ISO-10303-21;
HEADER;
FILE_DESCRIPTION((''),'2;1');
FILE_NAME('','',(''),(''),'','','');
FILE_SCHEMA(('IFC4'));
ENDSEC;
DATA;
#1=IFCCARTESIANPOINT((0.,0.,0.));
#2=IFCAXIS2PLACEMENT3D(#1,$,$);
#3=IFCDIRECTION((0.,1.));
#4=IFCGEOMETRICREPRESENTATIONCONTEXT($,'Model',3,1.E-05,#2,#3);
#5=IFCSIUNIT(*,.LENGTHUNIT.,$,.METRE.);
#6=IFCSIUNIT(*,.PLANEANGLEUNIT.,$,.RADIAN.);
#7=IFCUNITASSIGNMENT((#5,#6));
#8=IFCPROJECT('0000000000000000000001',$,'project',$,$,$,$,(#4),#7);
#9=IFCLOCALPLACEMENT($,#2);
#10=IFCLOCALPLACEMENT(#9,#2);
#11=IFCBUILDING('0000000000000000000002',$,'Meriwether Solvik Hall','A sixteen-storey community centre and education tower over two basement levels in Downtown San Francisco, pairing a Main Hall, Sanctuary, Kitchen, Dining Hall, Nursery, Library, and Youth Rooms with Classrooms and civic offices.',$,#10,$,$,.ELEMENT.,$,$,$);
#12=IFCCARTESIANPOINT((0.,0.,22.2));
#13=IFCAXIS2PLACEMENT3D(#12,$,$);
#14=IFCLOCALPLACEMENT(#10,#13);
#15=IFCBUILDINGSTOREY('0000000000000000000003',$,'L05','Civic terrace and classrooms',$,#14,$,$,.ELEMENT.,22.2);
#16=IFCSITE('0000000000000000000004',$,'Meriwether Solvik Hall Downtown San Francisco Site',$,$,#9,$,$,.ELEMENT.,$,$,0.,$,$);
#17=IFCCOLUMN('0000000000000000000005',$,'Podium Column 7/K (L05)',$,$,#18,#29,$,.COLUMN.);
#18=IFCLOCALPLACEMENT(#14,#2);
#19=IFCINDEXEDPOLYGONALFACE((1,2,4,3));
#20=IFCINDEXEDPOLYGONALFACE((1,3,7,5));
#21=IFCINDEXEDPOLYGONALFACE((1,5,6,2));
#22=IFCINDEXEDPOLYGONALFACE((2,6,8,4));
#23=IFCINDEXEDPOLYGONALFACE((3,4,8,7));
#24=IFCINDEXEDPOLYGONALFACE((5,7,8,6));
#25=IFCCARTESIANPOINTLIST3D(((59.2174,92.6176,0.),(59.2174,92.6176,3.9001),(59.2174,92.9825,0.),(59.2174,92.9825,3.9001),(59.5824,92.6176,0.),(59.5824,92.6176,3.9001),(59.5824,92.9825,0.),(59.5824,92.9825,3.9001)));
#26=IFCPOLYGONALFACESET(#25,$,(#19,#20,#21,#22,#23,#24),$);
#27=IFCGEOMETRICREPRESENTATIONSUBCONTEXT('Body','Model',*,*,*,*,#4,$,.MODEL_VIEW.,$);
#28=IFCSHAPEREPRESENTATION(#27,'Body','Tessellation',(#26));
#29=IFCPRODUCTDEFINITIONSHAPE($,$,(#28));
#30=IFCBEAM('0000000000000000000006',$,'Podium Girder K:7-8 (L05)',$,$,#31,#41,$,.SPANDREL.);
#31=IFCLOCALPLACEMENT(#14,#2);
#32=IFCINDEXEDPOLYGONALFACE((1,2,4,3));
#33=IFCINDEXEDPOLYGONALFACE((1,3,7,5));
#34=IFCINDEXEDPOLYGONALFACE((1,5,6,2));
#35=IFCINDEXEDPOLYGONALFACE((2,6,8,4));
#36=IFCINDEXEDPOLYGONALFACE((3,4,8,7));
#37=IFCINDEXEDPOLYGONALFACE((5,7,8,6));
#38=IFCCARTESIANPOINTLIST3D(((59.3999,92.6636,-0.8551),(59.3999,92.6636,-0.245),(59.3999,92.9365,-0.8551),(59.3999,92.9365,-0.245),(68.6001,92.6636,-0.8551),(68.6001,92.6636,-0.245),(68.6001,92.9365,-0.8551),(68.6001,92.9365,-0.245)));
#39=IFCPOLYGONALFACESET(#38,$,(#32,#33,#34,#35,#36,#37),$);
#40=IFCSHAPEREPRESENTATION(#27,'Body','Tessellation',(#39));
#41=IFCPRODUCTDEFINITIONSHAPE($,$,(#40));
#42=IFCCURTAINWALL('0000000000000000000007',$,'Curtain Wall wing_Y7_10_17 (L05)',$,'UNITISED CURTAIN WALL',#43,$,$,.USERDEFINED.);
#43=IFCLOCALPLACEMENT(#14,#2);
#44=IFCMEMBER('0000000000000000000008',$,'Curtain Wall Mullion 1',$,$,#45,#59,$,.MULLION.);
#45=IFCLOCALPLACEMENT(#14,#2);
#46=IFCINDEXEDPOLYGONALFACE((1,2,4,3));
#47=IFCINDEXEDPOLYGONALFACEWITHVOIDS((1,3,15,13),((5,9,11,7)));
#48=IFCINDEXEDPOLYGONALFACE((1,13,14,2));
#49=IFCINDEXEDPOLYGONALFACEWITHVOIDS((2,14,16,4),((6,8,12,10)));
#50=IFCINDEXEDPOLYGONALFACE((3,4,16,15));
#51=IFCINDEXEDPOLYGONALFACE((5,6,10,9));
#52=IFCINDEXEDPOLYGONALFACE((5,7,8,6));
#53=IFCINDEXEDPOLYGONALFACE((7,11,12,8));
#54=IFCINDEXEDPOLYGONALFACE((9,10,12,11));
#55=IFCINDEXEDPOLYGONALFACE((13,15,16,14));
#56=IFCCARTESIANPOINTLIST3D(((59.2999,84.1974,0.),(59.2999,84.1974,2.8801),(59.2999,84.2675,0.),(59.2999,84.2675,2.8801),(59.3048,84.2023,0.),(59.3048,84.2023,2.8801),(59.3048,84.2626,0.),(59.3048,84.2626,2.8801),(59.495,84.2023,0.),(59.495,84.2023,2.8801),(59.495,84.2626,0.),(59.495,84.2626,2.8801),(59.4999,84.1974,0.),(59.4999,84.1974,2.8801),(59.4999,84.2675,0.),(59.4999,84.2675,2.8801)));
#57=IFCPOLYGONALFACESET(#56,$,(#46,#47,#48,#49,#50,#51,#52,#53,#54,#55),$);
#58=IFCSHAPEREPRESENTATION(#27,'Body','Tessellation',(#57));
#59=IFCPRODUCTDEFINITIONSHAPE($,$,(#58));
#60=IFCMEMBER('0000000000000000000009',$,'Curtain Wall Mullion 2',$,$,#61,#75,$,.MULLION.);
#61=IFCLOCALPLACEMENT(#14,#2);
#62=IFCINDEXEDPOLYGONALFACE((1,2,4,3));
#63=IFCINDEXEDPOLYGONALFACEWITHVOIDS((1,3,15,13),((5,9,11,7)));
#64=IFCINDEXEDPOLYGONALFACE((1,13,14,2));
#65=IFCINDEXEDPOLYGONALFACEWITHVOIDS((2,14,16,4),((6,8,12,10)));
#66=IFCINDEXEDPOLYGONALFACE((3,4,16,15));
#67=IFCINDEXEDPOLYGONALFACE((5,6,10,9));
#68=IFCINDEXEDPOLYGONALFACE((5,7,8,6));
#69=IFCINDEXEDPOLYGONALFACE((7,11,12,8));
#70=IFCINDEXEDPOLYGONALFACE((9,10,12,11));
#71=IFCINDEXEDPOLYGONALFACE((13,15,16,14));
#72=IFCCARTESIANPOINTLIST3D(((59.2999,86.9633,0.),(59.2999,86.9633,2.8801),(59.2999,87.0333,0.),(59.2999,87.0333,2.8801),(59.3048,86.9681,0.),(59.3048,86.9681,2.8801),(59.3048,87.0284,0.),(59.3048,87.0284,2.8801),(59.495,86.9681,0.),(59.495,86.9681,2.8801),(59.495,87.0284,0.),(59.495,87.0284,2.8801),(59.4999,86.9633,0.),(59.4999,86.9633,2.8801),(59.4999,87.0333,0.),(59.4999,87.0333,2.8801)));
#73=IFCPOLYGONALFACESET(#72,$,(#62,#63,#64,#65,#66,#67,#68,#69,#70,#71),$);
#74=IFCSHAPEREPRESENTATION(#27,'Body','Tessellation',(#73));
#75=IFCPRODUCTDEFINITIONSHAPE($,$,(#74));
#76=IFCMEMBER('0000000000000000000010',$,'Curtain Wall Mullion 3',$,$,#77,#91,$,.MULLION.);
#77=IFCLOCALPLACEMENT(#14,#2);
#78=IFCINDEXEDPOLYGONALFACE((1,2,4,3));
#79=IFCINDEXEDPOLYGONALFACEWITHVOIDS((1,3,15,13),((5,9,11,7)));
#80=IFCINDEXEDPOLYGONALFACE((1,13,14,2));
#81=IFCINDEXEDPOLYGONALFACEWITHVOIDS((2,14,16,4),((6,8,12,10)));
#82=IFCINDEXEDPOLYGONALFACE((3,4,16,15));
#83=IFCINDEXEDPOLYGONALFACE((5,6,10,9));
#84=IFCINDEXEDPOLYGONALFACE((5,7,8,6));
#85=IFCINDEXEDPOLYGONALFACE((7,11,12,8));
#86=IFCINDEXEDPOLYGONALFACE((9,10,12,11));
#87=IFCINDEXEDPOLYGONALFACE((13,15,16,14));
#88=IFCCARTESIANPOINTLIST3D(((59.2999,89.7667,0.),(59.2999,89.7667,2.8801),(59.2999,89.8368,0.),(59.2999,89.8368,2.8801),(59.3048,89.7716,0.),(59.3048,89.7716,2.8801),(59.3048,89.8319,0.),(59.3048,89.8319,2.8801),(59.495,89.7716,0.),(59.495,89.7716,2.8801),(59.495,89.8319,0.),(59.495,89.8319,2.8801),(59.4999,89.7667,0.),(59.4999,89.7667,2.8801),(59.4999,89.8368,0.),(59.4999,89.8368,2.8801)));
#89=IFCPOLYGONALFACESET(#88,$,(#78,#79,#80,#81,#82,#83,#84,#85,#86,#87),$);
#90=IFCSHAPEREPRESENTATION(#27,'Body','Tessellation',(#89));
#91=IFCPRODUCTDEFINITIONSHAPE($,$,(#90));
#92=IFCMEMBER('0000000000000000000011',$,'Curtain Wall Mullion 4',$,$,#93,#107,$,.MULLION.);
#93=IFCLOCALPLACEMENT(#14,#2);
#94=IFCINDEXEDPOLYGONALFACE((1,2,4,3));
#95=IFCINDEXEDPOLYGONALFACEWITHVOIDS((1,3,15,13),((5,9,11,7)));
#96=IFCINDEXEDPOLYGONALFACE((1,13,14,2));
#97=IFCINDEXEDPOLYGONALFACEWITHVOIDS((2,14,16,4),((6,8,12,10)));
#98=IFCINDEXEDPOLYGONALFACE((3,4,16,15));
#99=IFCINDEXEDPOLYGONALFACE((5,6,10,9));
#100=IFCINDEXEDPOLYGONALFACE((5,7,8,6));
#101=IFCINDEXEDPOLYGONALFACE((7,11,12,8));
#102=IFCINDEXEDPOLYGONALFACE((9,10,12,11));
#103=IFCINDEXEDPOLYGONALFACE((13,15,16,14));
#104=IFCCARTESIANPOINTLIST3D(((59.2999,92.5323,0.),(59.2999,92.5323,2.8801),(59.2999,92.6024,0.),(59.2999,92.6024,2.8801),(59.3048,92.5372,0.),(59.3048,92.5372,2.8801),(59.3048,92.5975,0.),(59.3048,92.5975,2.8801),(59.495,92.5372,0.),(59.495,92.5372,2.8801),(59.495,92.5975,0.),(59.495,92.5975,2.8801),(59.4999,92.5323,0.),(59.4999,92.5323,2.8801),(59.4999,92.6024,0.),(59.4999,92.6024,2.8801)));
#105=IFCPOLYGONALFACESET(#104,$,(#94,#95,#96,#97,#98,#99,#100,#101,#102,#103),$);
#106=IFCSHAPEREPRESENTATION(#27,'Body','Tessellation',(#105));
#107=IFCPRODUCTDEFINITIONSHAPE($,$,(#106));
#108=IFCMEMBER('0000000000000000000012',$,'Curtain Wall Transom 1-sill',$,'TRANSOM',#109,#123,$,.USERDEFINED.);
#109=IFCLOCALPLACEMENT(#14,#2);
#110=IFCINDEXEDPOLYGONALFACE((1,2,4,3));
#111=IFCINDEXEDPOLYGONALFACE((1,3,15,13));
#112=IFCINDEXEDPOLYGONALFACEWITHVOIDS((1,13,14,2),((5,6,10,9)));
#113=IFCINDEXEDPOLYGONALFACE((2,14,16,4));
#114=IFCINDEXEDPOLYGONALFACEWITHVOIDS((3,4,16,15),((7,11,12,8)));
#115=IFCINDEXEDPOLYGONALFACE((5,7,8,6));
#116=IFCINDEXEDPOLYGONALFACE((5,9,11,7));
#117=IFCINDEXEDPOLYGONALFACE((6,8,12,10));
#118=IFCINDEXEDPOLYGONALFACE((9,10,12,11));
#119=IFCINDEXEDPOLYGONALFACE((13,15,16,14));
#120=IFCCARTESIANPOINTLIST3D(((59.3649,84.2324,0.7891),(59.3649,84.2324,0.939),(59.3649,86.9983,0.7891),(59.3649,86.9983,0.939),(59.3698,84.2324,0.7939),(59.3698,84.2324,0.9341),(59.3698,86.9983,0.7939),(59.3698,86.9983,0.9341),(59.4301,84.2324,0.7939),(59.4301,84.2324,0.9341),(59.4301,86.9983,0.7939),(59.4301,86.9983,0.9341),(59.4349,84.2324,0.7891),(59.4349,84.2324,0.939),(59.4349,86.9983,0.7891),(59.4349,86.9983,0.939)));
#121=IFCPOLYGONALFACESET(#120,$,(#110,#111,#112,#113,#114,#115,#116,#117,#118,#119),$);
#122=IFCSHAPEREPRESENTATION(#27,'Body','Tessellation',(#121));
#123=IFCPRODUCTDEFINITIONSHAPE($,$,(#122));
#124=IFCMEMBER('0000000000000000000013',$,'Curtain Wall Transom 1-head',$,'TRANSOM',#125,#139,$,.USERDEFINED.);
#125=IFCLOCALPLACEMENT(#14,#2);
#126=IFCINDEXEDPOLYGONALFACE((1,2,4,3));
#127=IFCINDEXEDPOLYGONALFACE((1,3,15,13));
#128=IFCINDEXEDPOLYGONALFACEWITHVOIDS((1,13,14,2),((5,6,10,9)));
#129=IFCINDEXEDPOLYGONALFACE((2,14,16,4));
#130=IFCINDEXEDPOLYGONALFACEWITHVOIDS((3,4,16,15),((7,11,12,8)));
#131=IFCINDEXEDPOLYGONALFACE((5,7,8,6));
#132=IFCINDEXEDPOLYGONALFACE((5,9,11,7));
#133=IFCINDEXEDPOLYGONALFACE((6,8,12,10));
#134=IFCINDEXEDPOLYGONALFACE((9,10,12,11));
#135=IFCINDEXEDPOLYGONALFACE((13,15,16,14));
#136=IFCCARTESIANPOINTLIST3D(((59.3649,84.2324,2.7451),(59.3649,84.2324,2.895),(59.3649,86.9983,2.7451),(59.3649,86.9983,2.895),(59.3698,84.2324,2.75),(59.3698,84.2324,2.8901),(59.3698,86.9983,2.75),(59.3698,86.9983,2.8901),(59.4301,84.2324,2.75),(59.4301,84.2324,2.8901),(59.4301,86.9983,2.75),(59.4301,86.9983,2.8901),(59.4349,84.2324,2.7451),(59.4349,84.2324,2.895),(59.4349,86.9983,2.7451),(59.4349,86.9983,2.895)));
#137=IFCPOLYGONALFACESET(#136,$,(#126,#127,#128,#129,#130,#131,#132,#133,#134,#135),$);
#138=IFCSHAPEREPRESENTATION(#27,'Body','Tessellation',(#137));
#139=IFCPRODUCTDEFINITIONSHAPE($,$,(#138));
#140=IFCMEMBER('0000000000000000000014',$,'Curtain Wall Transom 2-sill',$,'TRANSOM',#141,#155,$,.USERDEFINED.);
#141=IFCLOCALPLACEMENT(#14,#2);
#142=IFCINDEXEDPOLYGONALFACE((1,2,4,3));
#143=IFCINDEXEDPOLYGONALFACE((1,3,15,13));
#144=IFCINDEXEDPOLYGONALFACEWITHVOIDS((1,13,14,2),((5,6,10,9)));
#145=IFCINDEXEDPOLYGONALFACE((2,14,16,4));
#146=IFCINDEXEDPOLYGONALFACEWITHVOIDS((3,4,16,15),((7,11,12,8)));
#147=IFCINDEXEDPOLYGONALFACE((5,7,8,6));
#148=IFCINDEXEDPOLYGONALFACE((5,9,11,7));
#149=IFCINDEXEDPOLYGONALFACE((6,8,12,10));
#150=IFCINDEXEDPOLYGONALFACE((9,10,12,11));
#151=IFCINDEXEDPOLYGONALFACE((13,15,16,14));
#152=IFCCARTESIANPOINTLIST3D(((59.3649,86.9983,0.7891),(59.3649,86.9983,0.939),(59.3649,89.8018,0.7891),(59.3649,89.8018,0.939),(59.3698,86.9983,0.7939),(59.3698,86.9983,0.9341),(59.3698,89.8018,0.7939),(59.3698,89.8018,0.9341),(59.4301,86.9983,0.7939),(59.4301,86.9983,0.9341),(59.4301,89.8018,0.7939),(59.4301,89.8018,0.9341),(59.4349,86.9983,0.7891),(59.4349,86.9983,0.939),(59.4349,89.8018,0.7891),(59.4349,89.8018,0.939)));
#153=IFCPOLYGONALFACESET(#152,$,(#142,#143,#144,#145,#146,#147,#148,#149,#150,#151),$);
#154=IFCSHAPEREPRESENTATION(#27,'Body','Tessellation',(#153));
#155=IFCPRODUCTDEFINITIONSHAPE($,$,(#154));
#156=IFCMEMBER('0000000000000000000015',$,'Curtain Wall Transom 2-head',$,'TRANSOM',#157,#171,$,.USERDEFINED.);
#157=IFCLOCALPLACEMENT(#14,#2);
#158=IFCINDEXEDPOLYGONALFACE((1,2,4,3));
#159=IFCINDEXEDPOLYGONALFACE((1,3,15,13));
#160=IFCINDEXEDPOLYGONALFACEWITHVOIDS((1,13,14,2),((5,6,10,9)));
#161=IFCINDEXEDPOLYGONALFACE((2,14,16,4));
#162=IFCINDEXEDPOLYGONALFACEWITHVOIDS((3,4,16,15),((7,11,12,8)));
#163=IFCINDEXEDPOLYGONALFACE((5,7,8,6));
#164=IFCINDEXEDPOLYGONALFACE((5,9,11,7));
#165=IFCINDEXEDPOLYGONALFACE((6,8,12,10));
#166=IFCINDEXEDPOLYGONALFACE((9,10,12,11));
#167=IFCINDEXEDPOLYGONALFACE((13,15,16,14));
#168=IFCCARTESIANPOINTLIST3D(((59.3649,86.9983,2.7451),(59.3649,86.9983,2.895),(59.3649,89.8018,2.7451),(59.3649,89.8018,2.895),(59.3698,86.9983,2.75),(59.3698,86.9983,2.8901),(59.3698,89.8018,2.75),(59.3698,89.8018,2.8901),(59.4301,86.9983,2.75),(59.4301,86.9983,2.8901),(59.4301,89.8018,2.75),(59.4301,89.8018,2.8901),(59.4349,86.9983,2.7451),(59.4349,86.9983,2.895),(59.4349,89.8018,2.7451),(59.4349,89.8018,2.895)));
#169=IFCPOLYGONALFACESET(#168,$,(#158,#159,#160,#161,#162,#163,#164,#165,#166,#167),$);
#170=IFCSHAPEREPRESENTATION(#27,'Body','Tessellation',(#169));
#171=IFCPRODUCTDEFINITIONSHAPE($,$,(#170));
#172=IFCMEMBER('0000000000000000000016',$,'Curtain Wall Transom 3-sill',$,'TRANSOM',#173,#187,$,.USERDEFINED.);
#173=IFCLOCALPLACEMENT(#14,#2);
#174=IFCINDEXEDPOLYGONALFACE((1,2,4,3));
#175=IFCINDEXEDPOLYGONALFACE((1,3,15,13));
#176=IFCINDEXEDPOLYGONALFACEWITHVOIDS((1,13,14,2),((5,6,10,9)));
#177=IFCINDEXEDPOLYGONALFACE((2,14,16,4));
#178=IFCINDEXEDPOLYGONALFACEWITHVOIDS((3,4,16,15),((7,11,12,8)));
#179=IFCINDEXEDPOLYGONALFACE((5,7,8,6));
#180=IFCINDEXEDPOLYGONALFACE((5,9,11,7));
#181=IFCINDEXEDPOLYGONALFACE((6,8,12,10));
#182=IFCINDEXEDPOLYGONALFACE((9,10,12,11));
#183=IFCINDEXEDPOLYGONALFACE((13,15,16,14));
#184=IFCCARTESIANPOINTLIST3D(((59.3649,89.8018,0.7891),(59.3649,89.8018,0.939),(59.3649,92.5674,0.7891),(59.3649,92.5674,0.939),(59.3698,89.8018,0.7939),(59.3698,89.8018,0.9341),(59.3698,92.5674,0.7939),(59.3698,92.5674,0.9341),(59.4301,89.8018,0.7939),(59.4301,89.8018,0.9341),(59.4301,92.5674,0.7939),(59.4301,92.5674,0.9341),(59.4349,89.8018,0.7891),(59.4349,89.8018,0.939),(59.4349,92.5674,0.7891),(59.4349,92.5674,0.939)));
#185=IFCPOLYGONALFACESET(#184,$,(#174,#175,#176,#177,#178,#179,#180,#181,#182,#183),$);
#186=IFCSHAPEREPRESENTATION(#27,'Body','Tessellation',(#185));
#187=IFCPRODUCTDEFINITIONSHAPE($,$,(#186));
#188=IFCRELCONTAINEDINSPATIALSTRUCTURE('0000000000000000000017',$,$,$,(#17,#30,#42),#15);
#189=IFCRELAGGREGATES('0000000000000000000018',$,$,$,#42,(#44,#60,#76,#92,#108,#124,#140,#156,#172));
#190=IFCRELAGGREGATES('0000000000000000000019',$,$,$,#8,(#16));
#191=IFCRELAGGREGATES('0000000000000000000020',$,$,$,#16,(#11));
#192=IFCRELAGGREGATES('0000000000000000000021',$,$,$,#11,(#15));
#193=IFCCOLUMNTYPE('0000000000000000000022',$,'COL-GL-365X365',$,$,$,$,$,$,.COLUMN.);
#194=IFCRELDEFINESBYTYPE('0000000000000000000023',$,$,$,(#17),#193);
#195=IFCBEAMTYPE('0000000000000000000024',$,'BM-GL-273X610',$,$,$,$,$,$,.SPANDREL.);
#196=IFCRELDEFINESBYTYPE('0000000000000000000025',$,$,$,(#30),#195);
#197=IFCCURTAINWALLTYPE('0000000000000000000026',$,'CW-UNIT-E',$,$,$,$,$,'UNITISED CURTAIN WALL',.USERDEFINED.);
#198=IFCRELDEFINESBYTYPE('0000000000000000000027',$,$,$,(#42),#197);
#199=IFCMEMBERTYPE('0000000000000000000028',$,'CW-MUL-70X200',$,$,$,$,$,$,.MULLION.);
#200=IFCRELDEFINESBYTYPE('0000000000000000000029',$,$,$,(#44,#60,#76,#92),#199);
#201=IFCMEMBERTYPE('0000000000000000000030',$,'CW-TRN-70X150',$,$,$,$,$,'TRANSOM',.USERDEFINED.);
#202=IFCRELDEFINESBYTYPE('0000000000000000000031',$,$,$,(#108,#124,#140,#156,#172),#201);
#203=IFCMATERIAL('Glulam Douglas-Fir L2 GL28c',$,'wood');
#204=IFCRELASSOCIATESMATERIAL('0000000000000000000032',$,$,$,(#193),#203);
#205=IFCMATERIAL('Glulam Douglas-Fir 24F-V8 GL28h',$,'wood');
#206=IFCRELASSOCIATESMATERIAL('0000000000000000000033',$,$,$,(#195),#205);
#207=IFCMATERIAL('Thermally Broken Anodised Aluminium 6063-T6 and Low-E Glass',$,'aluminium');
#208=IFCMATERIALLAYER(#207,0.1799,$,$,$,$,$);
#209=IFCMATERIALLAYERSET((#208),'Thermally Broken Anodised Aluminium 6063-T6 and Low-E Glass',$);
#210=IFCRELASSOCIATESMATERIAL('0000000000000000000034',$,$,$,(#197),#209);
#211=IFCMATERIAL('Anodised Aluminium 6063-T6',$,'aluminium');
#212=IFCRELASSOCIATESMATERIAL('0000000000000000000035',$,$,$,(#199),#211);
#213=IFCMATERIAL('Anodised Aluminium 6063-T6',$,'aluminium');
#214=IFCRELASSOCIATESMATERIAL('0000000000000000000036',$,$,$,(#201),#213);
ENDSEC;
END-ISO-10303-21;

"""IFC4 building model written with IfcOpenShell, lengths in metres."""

from ifc_helpers import new_model, si_unit, direction, frame, origin, origin_2d, place, context, subcontext, project, spatial, rectangle, hollow_rectangle, extrude, material, layer, layer_set, material_profile, profile_set, type_object, element, aggregate, save


model = new_model("IFC4")

# Units and contexts
model_context = context("Model", 3, precision=1e-05, world=origin(), true_north=direction((0.0, 1.0)))
body_context = subcontext(model_context, "Body", "Model", "MODEL_VIEW")
ifc_project = project(units=[si_unit("LENGTHUNIT", "METRE"), si_unit("PLANEANGLEUNIT", "RADIAN")], contexts=[model_context])

# Site, building, storey
site_placement = place(None, origin())
site = spatial("IfcSite", under=ifc_project, at=site_placement, Name="Meriwether Solvik Hall Downtown San Francisco Site", CompositionType="ELEMENT", RefElevation=0.0)
building_placement = place(site_placement, origin())
building = spatial("IfcBuilding", under=site, at=building_placement, Name="Meriwether Solvik Hall", Description="A sixteen-storey community centre and education tower over two basement levels in Downtown San Francisco, pairing a Main Hall, Sanctuary, Kitchen, Dining Hall, Nursery, Library, and Youth Rooms with Classrooms and civic offices.", CompositionType="ELEMENT")
storey_placement = place(building_placement, frame((0.0, 0.0, 22.2)))
storey = spatial("IfcBuildingStorey", under=building, at=storey_placement, Name="L05", Description="Civic terrace and classrooms", CompositionType="ELEMENT", Elevation=22.2)

# Column
ifc_material_1 = material(Name="Glulam Douglas-Fir L2 GL28c", Category="wood")
ifc_material_profile_1 = material_profile(ifc_material_1, rectangle(XDim=0.365, YDim=0.365, at=origin_2d()), Name="GLC-365X365")
ifc_profile_set_1 = profile_set([ifc_material_profile_1], Name="Glulam Douglas-Fir L2 GL28c")
column_type = type_object("IfcColumnType", Name="COL-GL-365X365", PredefinedType="COLUMN", material=ifc_profile_set_1)
column_placement = place(storey_placement, frame((59.3999, 92.8, 0.0), z_axis=(0.0, 0.0, 1.0), x_axis=(1.0, 0.0, 0.0)))
element("IfcColumn", 1, at=column_placement, inside=storey, type_object=column_type, Name="Podium Column 7/K (L05)", PredefinedType="COLUMN", context=body_context, shape_type="SweptSolid", body=[
    extrude(rectangle(XDim=0.365, YDim=0.365, at=origin_2d()), origin(), (0.0, 0.0, 1.0), 3.9001),
])

# Beam
ifc_material_2 = material(Name="Glulam Douglas-Fir 24F-V8 GL28h", Category="wood")
ifc_material_profile_2 = material_profile(ifc_material_2, rectangle(XDim=0.2729, YDim=0.6101, at=origin_2d()), Name="GLB-273X610")
ifc_profile_set_2 = profile_set([ifc_material_profile_2], Name="Glulam Douglas-Fir 24F-V8 GL28h")
beam_type_1 = type_object("IfcBeamType", Name="BM-GL-273X610", PredefinedType="SPANDREL", material=ifc_profile_set_2)
beam_1_placement = place(storey_placement, frame((59.3999, 92.8, -0.55), z_axis=(1.0, 0.0, 0.0), x_axis=(0.0, 1.0, 0.0)))
element("IfcBeam", 2, at=beam_1_placement, inside=storey, type_object=beam_type_1, Name="Podium Girder K:7-8 (L05)", PredefinedType="SPANDREL", context=body_context, shape_type="SweptSolid", body=[
    extrude(rectangle(XDim=0.2729, YDim=0.6101, at=origin_2d()), origin(), (0.0, 0.0, 1.0), 9.2002),
])

# Curtain wall, members
ifc_material_3 = material(Name="Thermally Broken Anodised Aluminium 6063-T6 and Low-E Glass", Category="aluminium")
ifc_layer_1 = layer(ifc_material_3, 0.1799)
ifc_layer_set_1 = layer_set([ifc_layer_1], Name="Thermally Broken Anodised Aluminium 6063-T6 and Low-E Glass")
curtain_wall_type = type_object("IfcCurtainWallType", Name="CW-UNIT-E", ElementType="UNITISED CURTAIN WALL", PredefinedType="USERDEFINED", material=ifc_layer_set_1)
curtain_wall_placement = place(storey_placement, origin())
curtain_wall = element("IfcCurtainWall", 3, at=curtain_wall_placement, inside=storey, type_object=curtain_wall_type, Name="Curtain Wall wing_Y7_10_17 (L05)", ObjectType="UNITISED CURTAIN WALL", PredefinedType="USERDEFINED")
ifc_material_4 = material(Name="Anodised Aluminium 6063-T6", Category="aluminium")
ifc_material_profile_3 = material_profile(ifc_material_4, hollow_rectangle(XDim=0.0701, YDim=0.2, WallThickness=0.0049, at=origin_2d()), Name="CWM-70X200")
ifc_profile_set_3 = profile_set([ifc_material_profile_3], Name="Anodised Aluminium 6063-T6")
member_type_1 = type_object("IfcMemberType", Name="CW-MUL-70X200", PredefinedType="MULLION", material=ifc_profile_set_3)
member_1_placement = place(storey_placement, frame((59.3999, 84.2324, 0.0), z_axis=(0.0, 0.0, 1.0), x_axis=(0.0, 1.0, 0.0)))
member_1 = element("IfcMember", 4, at=member_1_placement, type_object=member_type_1, Name="Curtain Wall Mullion 1", PredefinedType="MULLION", context=body_context, shape_type="SweptSolid", body=[
    extrude(hollow_rectangle(XDim=0.0701, YDim=0.2, WallThickness=0.0049, at=origin_2d()), origin(), (0.0, 0.0, 1.0), 2.8801),
])
member_2_placement = place(storey_placement, frame((59.3999, 86.9983, 0.0), z_axis=(0.0, 0.0, 1.0), x_axis=(0.0, 1.0, 0.0)))
member_2 = element("IfcMember", 5, at=member_2_placement, type_object=member_type_1, Name="Curtain Wall Mullion 2", PredefinedType="MULLION", context=body_context, shape_type="SweptSolid", body=[
    extrude(hollow_rectangle(XDim=0.0701, YDim=0.2, WallThickness=0.0049, at=origin_2d()), origin(), (0.0, 0.0, 1.0), 2.8801),
])
member_3_placement = place(storey_placement, frame((59.3999, 89.8018, 0.0), z_axis=(0.0, 0.0, 1.0), x_axis=(0.0, 1.0, 0.0)))
member_3 = element("IfcMember", 6, at=member_3_placement, type_object=member_type_1, Name="Curtain Wall Mullion 3", PredefinedType="MULLION", context=body_context, shape_type="SweptSolid", body=[
    extrude(hollow_rectangle(XDim=0.0701, YDim=0.2, WallThickness=0.0049, at=origin_2d()), origin(), (0.0, 0.0, 1.0), 2.8801),
])
member_4_placement = place(storey_placement, frame((59.3999, 92.5674, 0.0), z_axis=(0.0, 0.0, 1.0), x_axis=(0.0, 1.0, 0.0)))
member_4 = element("IfcMember", 7, at=member_4_placement, type_object=member_type_1, Name="Curtain Wall Mullion 4", PredefinedType="MULLION", context=body_context, shape_type="SweptSolid", body=[
    extrude(hollow_rectangle(XDim=0.0701, YDim=0.2, WallThickness=0.0049, at=origin_2d()), origin(), (0.0, 0.0, 1.0), 2.8801),
])
ifc_material_5 = material(Name="Anodised Aluminium 6063-T6", Category="aluminium")
ifc_material_profile_4 = material_profile(ifc_material_5, hollow_rectangle(XDim=0.0701, YDim=0.1499, WallThickness=0.0049, at=origin_2d()), Name="CWT-70X150")
ifc_profile_set_4 = profile_set([ifc_material_profile_4], Name="Anodised Aluminium 6063-T6")
member_type_2 = type_object("IfcMemberType", Name="CW-TRN-70X150", ElementType="TRANSOM", PredefinedType="USERDEFINED", material=ifc_profile_set_4)
member_5_placement = place(storey_placement, frame((59.3999, 84.2324, 0.864), z_axis=(0.0, 1.0, 0.0), x_axis=(-1.0, 0.0, 0.0)))
member_5 = element("IfcMember", 8, at=member_5_placement, type_object=member_type_2, Name="Curtain Wall Transom 1-sill", ObjectType="TRANSOM", PredefinedType="USERDEFINED", context=body_context, shape_type="SweptSolid", body=[
    extrude(hollow_rectangle(XDim=0.0701, YDim=0.1499, WallThickness=0.0049, at=origin_2d()), origin(), (0.0, 0.0, 1.0), 2.7659),
])
member_6_placement = place(storey_placement, frame((59.3999, 84.2324, 2.8201), z_axis=(0.0, 1.0, 0.0), x_axis=(-1.0, 0.0, 0.0)))
member_6 = element("IfcMember", 9, at=member_6_placement, type_object=member_type_2, Name="Curtain Wall Transom 1-head", ObjectType="TRANSOM", PredefinedType="USERDEFINED", context=body_context, shape_type="SweptSolid", body=[
    extrude(hollow_rectangle(XDim=0.0701, YDim=0.1499, WallThickness=0.0049, at=origin_2d()), origin(), (0.0, 0.0, 1.0), 2.7659),
])
member_7_placement = place(storey_placement, frame((59.3999, 86.9983, 0.864), z_axis=(0.0, 1.0, 0.0), x_axis=(-1.0, 0.0, 0.0)))
member_7 = element("IfcMember", 10, at=member_7_placement, type_object=member_type_2, Name="Curtain Wall Transom 2-sill", ObjectType="TRANSOM", PredefinedType="USERDEFINED", context=body_context, shape_type="SweptSolid", body=[
    extrude(hollow_rectangle(XDim=0.0701, YDim=0.1499, WallThickness=0.0049, at=origin_2d()), origin(), (0.0, 0.0, 1.0), 2.8035),
])
member_8_placement = place(storey_placement, frame((59.3999, 86.9983, 2.8201), z_axis=(0.0, 1.0, 0.0), x_axis=(-1.0, 0.0, 0.0)))
member_8 = element("IfcMember", 11, at=member_8_placement, type_object=member_type_2, Name="Curtain Wall Transom 2-head", ObjectType="TRANSOM", PredefinedType="USERDEFINED", context=body_context, shape_type="SweptSolid", body=[
    extrude(hollow_rectangle(XDim=0.0701, YDim=0.1499, WallThickness=0.0049, at=origin_2d()), origin(), (0.0, 0.0, 1.0), 2.8035),
])
member_9_placement = place(storey_placement, frame((59.3999, 89.8018, 0.864), z_axis=(0.0, 1.0, 0.0), x_axis=(-1.0, 0.0, 0.0)))
member_9 = element("IfcMember", 12, at=member_9_placement, type_object=member_type_2, Name="Curtain Wall Transom 3-sill", ObjectType="TRANSOM", PredefinedType="USERDEFINED", context=body_context, shape_type="SweptSolid", body=[
    extrude(hollow_rectangle(XDim=0.0701, YDim=0.1499, WallThickness=0.0049, at=origin_2d()), origin(), (0.0, 0.0, 1.0), 2.7656),
])

aggregate(curtain_wall, [member_1, member_2, member_3, member_4, member_5, member_6, member_7, member_8, member_9])

save(model, "model.ifc")
